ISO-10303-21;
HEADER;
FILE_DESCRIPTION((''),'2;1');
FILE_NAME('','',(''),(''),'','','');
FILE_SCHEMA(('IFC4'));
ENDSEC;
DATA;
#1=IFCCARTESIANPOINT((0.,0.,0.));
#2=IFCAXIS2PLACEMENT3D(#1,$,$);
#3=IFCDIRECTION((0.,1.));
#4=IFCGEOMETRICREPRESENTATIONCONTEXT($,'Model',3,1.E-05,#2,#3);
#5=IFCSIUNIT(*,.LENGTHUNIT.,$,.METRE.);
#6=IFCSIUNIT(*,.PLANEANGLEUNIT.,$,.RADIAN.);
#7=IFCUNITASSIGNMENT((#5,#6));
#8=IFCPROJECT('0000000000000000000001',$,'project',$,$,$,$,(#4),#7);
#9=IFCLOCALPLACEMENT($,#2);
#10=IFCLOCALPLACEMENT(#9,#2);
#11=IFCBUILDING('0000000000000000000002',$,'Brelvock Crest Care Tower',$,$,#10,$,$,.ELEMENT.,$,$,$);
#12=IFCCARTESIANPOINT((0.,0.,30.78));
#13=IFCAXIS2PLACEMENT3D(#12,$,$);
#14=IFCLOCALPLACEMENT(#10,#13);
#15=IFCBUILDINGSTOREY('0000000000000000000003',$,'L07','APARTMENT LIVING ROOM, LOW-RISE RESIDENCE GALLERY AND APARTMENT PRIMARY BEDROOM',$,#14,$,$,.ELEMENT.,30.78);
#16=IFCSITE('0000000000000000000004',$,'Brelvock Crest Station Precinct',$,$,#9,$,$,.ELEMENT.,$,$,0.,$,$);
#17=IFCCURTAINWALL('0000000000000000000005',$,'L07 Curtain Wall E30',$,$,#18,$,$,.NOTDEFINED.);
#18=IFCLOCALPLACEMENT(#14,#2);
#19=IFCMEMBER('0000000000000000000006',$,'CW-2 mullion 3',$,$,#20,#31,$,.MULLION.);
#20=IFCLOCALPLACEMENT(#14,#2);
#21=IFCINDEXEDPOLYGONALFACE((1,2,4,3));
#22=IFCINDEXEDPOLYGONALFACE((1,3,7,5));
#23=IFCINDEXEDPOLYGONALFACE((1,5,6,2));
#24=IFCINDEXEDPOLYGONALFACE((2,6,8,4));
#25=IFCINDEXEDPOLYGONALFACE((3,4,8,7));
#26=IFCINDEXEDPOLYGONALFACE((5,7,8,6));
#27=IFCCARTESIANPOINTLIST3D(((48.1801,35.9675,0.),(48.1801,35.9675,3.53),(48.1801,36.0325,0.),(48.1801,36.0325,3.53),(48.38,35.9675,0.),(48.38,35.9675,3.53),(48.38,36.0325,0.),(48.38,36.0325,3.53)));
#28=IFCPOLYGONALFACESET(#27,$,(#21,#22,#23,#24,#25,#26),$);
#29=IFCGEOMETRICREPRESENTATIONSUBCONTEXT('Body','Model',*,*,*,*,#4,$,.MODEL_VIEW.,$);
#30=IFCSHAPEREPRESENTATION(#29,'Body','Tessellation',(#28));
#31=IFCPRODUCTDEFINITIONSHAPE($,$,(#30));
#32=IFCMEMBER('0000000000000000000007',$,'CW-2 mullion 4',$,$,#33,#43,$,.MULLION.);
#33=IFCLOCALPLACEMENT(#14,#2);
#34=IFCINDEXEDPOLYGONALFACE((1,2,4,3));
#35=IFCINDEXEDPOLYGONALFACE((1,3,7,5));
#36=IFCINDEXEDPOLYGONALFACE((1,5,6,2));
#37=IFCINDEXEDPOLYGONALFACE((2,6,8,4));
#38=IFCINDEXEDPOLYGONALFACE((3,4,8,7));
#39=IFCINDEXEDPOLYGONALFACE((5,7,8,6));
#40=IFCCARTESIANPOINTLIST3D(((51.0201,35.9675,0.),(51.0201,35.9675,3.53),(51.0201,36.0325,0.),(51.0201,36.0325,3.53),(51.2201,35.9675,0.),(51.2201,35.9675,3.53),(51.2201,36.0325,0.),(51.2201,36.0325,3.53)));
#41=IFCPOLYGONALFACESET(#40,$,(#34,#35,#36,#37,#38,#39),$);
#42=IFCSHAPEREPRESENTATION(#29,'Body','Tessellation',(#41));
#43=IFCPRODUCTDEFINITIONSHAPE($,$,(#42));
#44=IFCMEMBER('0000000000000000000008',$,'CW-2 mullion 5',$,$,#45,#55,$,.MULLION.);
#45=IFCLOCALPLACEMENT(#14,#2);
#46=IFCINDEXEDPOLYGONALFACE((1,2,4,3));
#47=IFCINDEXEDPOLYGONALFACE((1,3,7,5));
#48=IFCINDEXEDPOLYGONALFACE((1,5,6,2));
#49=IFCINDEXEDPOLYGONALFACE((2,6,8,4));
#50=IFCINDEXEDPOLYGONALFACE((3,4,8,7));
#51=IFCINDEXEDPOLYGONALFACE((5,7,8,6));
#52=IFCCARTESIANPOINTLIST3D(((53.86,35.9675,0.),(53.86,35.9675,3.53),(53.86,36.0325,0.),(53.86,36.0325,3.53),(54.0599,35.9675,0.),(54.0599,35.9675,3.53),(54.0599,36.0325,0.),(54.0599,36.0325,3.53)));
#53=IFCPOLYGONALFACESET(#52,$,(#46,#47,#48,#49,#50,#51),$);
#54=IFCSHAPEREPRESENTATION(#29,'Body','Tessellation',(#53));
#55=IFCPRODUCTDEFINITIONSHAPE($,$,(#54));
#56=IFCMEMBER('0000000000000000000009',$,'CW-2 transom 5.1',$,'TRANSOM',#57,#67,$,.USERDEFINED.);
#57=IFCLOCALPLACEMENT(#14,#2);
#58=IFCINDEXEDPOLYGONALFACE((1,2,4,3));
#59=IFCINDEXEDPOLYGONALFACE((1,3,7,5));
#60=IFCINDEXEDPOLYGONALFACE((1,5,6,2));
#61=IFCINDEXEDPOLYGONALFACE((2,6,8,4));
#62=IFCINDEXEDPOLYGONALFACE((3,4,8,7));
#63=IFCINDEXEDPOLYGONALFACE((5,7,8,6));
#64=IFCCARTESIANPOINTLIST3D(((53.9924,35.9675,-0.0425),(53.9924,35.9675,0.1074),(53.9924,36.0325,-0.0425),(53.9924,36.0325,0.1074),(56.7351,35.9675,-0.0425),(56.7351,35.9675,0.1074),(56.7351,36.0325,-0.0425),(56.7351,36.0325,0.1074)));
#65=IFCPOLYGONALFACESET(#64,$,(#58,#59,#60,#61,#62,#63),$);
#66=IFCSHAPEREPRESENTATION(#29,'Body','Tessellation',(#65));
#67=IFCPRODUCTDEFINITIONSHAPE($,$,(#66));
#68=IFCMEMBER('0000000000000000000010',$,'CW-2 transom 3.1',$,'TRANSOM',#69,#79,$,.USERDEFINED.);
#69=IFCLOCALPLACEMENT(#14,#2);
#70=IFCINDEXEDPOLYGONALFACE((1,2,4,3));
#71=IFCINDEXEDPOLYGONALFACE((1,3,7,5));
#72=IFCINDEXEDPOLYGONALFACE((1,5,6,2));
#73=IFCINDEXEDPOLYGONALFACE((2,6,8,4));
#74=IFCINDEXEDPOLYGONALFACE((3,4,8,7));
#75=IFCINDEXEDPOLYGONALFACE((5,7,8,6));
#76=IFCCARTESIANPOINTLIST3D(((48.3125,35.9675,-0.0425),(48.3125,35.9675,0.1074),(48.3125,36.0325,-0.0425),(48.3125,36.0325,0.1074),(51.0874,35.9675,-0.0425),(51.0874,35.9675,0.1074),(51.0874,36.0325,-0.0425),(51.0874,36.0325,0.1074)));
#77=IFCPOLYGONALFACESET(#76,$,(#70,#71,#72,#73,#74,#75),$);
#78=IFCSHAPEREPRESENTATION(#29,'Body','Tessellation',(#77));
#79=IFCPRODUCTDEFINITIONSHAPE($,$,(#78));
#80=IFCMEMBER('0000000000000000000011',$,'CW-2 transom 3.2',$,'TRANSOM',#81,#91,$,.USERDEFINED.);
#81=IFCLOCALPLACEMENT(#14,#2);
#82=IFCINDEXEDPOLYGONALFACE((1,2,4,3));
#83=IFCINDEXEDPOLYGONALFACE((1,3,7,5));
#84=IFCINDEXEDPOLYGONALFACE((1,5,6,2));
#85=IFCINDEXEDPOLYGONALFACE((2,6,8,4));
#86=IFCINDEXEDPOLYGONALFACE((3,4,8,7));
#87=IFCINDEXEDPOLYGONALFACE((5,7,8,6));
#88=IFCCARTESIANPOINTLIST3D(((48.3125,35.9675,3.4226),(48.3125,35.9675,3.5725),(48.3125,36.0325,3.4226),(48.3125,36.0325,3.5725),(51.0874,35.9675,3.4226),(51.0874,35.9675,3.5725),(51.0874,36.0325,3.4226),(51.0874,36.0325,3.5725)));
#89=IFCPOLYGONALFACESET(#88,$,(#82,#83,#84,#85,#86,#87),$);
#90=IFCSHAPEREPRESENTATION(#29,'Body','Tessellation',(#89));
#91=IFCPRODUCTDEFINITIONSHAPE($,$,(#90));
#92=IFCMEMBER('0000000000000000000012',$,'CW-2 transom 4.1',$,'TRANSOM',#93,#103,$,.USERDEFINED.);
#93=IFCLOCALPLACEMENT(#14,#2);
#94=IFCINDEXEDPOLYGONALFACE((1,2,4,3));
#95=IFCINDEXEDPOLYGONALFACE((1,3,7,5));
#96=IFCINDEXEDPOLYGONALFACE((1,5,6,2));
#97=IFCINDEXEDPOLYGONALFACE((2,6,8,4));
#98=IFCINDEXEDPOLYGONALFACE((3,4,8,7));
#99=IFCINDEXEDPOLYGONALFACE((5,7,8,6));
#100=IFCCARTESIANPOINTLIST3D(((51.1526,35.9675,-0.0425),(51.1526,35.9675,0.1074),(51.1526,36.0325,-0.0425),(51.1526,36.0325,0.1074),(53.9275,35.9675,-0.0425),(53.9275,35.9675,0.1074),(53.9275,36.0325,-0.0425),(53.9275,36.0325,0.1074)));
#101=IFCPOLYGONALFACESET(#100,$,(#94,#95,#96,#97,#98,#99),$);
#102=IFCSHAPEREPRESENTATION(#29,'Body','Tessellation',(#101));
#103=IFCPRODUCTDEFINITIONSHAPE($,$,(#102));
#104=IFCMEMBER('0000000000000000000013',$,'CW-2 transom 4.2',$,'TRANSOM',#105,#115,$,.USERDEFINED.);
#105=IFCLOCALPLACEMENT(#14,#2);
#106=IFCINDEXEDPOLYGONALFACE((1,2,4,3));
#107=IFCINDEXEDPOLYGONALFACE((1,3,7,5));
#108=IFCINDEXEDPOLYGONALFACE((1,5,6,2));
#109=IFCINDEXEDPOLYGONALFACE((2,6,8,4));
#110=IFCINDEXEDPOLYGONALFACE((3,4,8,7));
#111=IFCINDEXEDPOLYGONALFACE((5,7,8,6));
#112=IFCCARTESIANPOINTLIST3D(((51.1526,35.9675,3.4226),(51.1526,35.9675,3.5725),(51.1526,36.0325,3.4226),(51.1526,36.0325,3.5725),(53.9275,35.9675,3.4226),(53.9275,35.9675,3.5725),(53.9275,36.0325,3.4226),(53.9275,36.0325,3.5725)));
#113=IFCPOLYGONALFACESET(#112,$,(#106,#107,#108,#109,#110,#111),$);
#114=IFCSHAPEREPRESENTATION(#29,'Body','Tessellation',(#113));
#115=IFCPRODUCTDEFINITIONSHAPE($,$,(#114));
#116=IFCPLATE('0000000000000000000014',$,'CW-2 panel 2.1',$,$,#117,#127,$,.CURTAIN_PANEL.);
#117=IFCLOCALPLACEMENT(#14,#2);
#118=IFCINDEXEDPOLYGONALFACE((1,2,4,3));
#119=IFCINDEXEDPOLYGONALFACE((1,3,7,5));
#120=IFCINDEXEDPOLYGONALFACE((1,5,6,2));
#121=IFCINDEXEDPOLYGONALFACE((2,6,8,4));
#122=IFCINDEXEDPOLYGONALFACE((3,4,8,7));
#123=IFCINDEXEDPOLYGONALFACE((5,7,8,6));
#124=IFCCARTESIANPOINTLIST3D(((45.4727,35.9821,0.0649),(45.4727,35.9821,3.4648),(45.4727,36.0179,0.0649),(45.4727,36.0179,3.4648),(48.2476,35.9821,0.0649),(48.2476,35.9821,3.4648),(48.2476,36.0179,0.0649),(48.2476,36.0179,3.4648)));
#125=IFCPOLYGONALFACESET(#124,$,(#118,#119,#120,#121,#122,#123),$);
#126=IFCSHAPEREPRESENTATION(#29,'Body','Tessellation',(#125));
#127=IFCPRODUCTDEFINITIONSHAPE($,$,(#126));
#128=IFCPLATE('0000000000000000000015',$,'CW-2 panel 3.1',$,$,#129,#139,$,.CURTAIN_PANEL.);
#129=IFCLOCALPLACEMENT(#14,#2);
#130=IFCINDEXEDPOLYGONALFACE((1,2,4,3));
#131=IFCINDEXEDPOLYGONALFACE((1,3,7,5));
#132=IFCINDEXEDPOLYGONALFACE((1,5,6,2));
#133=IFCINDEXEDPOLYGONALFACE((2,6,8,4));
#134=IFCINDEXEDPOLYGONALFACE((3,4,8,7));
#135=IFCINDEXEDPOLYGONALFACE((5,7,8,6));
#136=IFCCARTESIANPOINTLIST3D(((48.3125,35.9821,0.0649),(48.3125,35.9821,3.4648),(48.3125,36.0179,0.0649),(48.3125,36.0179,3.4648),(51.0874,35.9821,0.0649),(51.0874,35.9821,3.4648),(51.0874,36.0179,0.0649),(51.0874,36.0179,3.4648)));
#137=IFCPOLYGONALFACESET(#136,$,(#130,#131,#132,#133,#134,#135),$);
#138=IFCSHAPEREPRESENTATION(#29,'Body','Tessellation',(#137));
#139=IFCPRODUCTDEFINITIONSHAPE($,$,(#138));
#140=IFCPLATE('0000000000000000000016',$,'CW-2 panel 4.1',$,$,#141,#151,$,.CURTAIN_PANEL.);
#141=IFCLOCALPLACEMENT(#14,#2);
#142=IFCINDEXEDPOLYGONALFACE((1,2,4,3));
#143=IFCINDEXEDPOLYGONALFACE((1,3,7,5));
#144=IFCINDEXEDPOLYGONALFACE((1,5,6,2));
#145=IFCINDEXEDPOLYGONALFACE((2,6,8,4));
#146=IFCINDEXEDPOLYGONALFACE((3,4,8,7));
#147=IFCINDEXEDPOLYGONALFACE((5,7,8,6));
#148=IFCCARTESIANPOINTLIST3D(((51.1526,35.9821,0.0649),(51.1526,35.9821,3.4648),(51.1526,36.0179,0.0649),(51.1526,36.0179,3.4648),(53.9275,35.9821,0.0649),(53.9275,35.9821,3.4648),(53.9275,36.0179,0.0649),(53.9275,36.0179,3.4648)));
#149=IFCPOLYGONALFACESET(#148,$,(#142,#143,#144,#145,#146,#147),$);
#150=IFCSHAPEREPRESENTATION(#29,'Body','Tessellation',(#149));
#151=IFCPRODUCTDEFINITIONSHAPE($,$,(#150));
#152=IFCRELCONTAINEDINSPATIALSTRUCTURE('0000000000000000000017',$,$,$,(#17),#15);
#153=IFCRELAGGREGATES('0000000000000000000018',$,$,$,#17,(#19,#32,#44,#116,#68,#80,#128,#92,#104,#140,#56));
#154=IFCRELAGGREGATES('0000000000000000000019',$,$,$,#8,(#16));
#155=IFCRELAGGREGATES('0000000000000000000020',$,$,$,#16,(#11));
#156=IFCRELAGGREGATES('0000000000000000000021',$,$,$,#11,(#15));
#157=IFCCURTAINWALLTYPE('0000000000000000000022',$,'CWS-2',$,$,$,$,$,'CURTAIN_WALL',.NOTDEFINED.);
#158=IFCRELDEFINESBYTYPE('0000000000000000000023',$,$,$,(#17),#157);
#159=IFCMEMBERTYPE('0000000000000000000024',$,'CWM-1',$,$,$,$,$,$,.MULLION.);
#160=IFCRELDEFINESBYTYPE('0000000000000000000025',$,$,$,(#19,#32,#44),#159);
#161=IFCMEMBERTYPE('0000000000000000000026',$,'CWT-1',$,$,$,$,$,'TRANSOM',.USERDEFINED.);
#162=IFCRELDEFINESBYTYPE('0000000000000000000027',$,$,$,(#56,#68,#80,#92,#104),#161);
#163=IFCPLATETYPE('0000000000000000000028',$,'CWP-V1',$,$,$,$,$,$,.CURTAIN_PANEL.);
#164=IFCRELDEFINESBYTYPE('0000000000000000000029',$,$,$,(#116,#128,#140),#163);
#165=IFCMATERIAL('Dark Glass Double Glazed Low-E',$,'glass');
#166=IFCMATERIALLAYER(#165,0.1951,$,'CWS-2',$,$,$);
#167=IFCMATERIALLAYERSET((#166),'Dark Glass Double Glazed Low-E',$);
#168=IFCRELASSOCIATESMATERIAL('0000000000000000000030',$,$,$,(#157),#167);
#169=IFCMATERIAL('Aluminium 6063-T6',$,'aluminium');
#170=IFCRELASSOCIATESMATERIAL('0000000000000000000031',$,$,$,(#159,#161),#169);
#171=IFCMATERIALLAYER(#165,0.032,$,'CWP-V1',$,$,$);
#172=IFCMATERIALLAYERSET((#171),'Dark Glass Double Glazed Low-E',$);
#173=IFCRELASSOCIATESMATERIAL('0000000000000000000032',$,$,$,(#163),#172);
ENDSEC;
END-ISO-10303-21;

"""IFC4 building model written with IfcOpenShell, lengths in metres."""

from ifc_helpers import new_model, si_unit, direction, frame, origin, origin_2d, place, context, subcontext, project, spatial, rectangle, extrude, source, transform, mapped, material, layer, layer_set, material_profile, profile_set, type_object, element, aggregate, save


model = new_model("IFC4")

# Units and contexts
model_context = context("Model", 3, precision=1e-05, world=origin(), true_north=direction((0.0, 1.0)))
body_context = subcontext(model_context, "Body", "Model", "MODEL_VIEW")
ifc_project = project(units=[si_unit("LENGTHUNIT", "METRE"), si_unit("PLANEANGLEUNIT", "RADIAN")], contexts=[model_context])

# Site, building, storey
site_placement = place(None, origin())
site = spatial("IfcSite", under=ifc_project, at=site_placement, Name="Brelvock Crest Station Precinct", CompositionType="ELEMENT", RefElevation=0.0)
building_placement = place(site_placement, origin())
building = spatial("IfcBuilding", under=site, at=building_placement, Name="Brelvock Crest Care Tower", CompositionType="ELEMENT")
storey_placement = place(building_placement, frame((0.0, 0.0, 30.78)))
storey = spatial("IfcBuildingStorey", under=building, at=storey_placement, Name="L07", Description="APARTMENT LIVING ROOM, LOW-RISE RESIDENCE GALLERY AND APARTMENT PRIMARY BEDROOM", CompositionType="ELEMENT", Elevation=30.78)

# Curtain wall, members, plates
ifc_material_1 = material(Name="Dark Glass Double Glazed Low-E", Category="glass")
ifc_layer_1 = layer(ifc_material_1, 0.1951, Name="CWS-2")
ifc_layer_set_1 = layer_set([ifc_layer_1], Name="Dark Glass Double Glazed Low-E")
curtain_wall_type = type_object("IfcCurtainWallType", Name="CWS-2", ElementType="CURTAIN_WALL", PredefinedType="NOTDEFINED", material=ifc_layer_set_1)
curtain_wall_placement = place(storey_placement, origin())
curtain_wall = element("IfcCurtainWall", 1, at=curtain_wall_placement, inside=storey, type_object=curtain_wall_type, Name="L07 Curtain Wall E30", PredefinedType="NOTDEFINED")
ifc_material_2 = material(Name="Aluminium 6063-T6", Category="aluminium")
ifc_material_profile_1 = material_profile(ifc_material_2, rectangle(XDim=0.0649, YDim=0.2, at=origin_2d()), Name="ALU65x200")
ifc_profile_set_1 = profile_set([ifc_material_profile_1], Name="Aluminium 6063-T6")
member_type_1 = type_object("IfcMemberType", Name="CWM-1", PredefinedType="MULLION", material=ifc_profile_set_1)
shared_shape_1 = source(origin(), body_context, "Body", "SweptSolid", [
    extrude(rectangle(XDim=0.0649, YDim=0.2, at=origin_2d()), origin(), (0.0, 0.0, 1.0), 3.53),
])
member_1_placement = place(storey_placement, frame((48.28, 36.0, 0.0), z_axis=(0.0, 0.0, 1.0), x_axis=(0.0, 1.0, 0.0)))
member_1 = element("IfcMember", 2, at=member_1_placement, type_object=member_type_1, Name="CW-2 mullion 3", PredefinedType="MULLION", context=body_context, shape_type="MappedRepresentation", body=[
    mapped(shared_shape_1, transform((0.0, 0.0, 0.0), x_axis=(1.0, 0.0, 0.0), y_axis=(0.0, 1.0, 0.0), z_axis=(0.0, 0.0, 1.0), scale=1.0)),
])
member_2_placement = place(storey_placement, frame((51.1201, 36.0, 0.0), z_axis=(0.0, 0.0, 1.0), x_axis=(0.0, 1.0, 0.0)))
member_2 = element("IfcMember", 3, at=member_2_placement, type_object=member_type_1, Name="CW-2 mullion 4", PredefinedType="MULLION", context=body_context, shape_type="MappedRepresentation", body=[
    mapped(shared_shape_1, transform((0.0, 0.0, 0.0), x_axis=(1.0, 0.0, 0.0), y_axis=(0.0, 1.0, 0.0), z_axis=(0.0, 0.0, 1.0), scale=1.0)),
])
member_3_placement = place(storey_placement, frame((53.96, 36.0, 0.0), z_axis=(0.0, 0.0, 1.0), x_axis=(0.0, 1.0, 0.0)))
member_3 = element("IfcMember", 4, at=member_3_placement, type_object=member_type_1, Name="CW-2 mullion 5", PredefinedType="MULLION", context=body_context, shape_type="MappedRepresentation", body=[
    mapped(shared_shape_1, transform((0.0, 0.0, 0.0), x_axis=(1.0, 0.0, 0.0), y_axis=(0.0, 1.0, 0.0), z_axis=(0.0, 0.0, 1.0), scale=1.0)),
])
ifc_material_profile_2 = material_profile(ifc_material_2, rectangle(XDim=0.0649, YDim=0.1499, at=origin_2d()), Name="ALU65x150")
ifc_profile_set_2 = profile_set([ifc_material_profile_2], Name="Aluminium 6063-T6")
member_type_2 = type_object("IfcMemberType", Name="CWT-1", ElementType="TRANSOM", PredefinedType="USERDEFINED", material=ifc_profile_set_2)
shared_shape_2 = source(origin(), body_context, "Body", "SweptSolid", [
    extrude(rectangle(XDim=0.0649, YDim=0.1499, at=origin_2d()), origin(), (0.0, 0.0, 1.0), 2.7427),
])
member_4_placement = place(storey_placement, frame((53.9924, 36.0, 0.0325), z_axis=(1.0, 0.0, 0.0), x_axis=(0.0, 1.0, 0.0)))
member_4 = element("IfcMember", 5, at=member_4_placement, type_object=member_type_2, Name="CW-2 transom 5.1", ObjectType="TRANSOM", PredefinedType="USERDEFINED", context=body_context, shape_type="MappedRepresentation", body=[
    mapped(shared_shape_2, transform((0.0, 0.0, 0.0), x_axis=(1.0, 0.0, 0.0), y_axis=(0.0, 1.0, 0.0), z_axis=(0.0, 0.0, 1.0), scale=1.0)),
])
shared_shape_3 = source(origin(), body_context, "Body", "SweptSolid", [
    extrude(rectangle(XDim=0.0649, YDim=0.1499, at=origin_2d()), origin(), (0.0, 0.0, 1.0), 2.7749),
])
member_5_placement = place(storey_placement, frame((48.3125, 36.0, 0.0325), z_axis=(1.0, 0.0, 0.0), x_axis=(0.0, 1.0, 0.0)))
member_5 = element("IfcMember", 6, at=member_5_placement, type_object=member_type_2, Name="CW-2 transom 3.1", ObjectType="TRANSOM", PredefinedType="USERDEFINED", context=body_context, shape_type="MappedRepresentation", body=[
    mapped(shared_shape_3, transform((0.0, 0.0, 0.0), x_axis=(1.0, 0.0, 0.0), y_axis=(0.0, 1.0, 0.0), z_axis=(0.0, 0.0, 1.0), scale=1.0)),
])
member_6_placement = place(storey_placement, frame((48.3125, 36.0, 3.4976), z_axis=(1.0, 0.0, 0.0), x_axis=(0.0, 1.0, 0.0)))
member_6 = element("IfcMember", 7, at=member_6_placement, type_object=member_type_2, Name="CW-2 transom 3.2", ObjectType="TRANSOM", PredefinedType="USERDEFINED", context=body_context, shape_type="MappedRepresentation", body=[
    mapped(shared_shape_3, transform((0.0, 0.0, 0.0), x_axis=(1.0, 0.0, 0.0), y_axis=(0.0, 1.0, 0.0), z_axis=(0.0, 0.0, 1.0), scale=1.0)),
])
member_7_placement = place(storey_placement, frame((51.1526, 36.0, 0.0325), z_axis=(1.0, 0.0, 0.0), x_axis=(0.0, 1.0, 0.0)))
member_7 = element("IfcMember", 8, at=member_7_placement, type_object=member_type_2, Name="CW-2 transom 4.1", ObjectType="TRANSOM", PredefinedType="USERDEFINED", context=body_context, shape_type="MappedRepresentation", body=[
    mapped(shared_shape_3, transform((0.0, 0.0, 0.0), x_axis=(1.0, 0.0, 0.0), y_axis=(0.0, 1.0, 0.0), z_axis=(0.0, 0.0, 1.0), scale=1.0)),
])
member_8_placement = place(storey_placement, frame((51.1526, 36.0, 3.4976), z_axis=(1.0, 0.0, 0.0), x_axis=(0.0, 1.0, 0.0)))
member_8 = element("IfcMember", 9, at=member_8_placement, type_object=member_type_2, Name="CW-2 transom 4.2", ObjectType="TRANSOM", PredefinedType="USERDEFINED", context=body_context, shape_type="MappedRepresentation", body=[
    mapped(shared_shape_3, transform((0.0, 0.0, 0.0), x_axis=(1.0, 0.0, 0.0), y_axis=(0.0, 1.0, 0.0), z_axis=(0.0, 0.0, 1.0), scale=1.0)),
])
ifc_layer_2 = layer(ifc_material_1, 0.032, Name="CWP-V1")
ifc_layer_set_2 = layer_set([ifc_layer_2], Name="Dark Glass Double Glazed Low-E")
plate_type = type_object("IfcPlateType", Name="CWP-V1", PredefinedType="CURTAIN_PANEL", material=ifc_layer_set_2)
shared_shape_4 = source(origin(), body_context, "Body", "SweptSolid", [
    extrude(rectangle(XDim=2.7749, YDim=0.0359, at=origin_2d()), origin(), (0.0, 0.0, 1.0), 3.3999),
])
plate_1_placement = place(storey_placement, frame((46.8601, 36.0, 0.0649), z_axis=(0.0, 0.0, 1.0), x_axis=(1.0, 0.0, 0.0)))
plate_1 = element("IfcPlate", 10, at=plate_1_placement, type_object=plate_type, Name="CW-2 panel 2.1", PredefinedType="CURTAIN_PANEL", context=body_context, shape_type="MappedRepresentation", body=[
    mapped(shared_shape_4, transform((0.0, 0.0, 0.0), x_axis=(1.0, 0.0, 0.0), y_axis=(0.0, 1.0, 0.0), z_axis=(0.0, 0.0, 1.0), scale=1.0)),
])
plate_2_placement = place(storey_placement, frame((49.7, 36.0, 0.0649), z_axis=(0.0, 0.0, 1.0), x_axis=(1.0, 0.0, 0.0)))
plate_2 = element("IfcPlate", 11, at=plate_2_placement, type_object=plate_type, Name="CW-2 panel 3.1", PredefinedType="CURTAIN_PANEL", context=body_context, shape_type="MappedRepresentation", body=[
    mapped(shared_shape_4, transform((0.0, 0.0, 0.0), x_axis=(1.0, 0.0, 0.0), y_axis=(0.0, 1.0, 0.0), z_axis=(0.0, 0.0, 1.0), scale=1.0)),
])
plate_3_placement = place(storey_placement, frame((52.54, 36.0, 0.0649), z_axis=(0.0, 0.0, 1.0), x_axis=(1.0, 0.0, 0.0)))
plate_3 = element("IfcPlate", 12, at=plate_3_placement, type_object=plate_type, Name="CW-2 panel 4.1", PredefinedType="CURTAIN_PANEL", context=body_context, shape_type="MappedRepresentation", body=[
    mapped(shared_shape_4, transform((0.0, 0.0, 0.0), x_axis=(1.0, 0.0, 0.0), y_axis=(0.0, 1.0, 0.0), z_axis=(0.0, 0.0, 1.0), scale=1.0)),
])
aggregate(curtain_wall, [member_1, member_2, member_3, plate_1, member_5, member_6, plate_2, member_7, member_8, plate_3, member_4])

save(model, "model.ifc")
